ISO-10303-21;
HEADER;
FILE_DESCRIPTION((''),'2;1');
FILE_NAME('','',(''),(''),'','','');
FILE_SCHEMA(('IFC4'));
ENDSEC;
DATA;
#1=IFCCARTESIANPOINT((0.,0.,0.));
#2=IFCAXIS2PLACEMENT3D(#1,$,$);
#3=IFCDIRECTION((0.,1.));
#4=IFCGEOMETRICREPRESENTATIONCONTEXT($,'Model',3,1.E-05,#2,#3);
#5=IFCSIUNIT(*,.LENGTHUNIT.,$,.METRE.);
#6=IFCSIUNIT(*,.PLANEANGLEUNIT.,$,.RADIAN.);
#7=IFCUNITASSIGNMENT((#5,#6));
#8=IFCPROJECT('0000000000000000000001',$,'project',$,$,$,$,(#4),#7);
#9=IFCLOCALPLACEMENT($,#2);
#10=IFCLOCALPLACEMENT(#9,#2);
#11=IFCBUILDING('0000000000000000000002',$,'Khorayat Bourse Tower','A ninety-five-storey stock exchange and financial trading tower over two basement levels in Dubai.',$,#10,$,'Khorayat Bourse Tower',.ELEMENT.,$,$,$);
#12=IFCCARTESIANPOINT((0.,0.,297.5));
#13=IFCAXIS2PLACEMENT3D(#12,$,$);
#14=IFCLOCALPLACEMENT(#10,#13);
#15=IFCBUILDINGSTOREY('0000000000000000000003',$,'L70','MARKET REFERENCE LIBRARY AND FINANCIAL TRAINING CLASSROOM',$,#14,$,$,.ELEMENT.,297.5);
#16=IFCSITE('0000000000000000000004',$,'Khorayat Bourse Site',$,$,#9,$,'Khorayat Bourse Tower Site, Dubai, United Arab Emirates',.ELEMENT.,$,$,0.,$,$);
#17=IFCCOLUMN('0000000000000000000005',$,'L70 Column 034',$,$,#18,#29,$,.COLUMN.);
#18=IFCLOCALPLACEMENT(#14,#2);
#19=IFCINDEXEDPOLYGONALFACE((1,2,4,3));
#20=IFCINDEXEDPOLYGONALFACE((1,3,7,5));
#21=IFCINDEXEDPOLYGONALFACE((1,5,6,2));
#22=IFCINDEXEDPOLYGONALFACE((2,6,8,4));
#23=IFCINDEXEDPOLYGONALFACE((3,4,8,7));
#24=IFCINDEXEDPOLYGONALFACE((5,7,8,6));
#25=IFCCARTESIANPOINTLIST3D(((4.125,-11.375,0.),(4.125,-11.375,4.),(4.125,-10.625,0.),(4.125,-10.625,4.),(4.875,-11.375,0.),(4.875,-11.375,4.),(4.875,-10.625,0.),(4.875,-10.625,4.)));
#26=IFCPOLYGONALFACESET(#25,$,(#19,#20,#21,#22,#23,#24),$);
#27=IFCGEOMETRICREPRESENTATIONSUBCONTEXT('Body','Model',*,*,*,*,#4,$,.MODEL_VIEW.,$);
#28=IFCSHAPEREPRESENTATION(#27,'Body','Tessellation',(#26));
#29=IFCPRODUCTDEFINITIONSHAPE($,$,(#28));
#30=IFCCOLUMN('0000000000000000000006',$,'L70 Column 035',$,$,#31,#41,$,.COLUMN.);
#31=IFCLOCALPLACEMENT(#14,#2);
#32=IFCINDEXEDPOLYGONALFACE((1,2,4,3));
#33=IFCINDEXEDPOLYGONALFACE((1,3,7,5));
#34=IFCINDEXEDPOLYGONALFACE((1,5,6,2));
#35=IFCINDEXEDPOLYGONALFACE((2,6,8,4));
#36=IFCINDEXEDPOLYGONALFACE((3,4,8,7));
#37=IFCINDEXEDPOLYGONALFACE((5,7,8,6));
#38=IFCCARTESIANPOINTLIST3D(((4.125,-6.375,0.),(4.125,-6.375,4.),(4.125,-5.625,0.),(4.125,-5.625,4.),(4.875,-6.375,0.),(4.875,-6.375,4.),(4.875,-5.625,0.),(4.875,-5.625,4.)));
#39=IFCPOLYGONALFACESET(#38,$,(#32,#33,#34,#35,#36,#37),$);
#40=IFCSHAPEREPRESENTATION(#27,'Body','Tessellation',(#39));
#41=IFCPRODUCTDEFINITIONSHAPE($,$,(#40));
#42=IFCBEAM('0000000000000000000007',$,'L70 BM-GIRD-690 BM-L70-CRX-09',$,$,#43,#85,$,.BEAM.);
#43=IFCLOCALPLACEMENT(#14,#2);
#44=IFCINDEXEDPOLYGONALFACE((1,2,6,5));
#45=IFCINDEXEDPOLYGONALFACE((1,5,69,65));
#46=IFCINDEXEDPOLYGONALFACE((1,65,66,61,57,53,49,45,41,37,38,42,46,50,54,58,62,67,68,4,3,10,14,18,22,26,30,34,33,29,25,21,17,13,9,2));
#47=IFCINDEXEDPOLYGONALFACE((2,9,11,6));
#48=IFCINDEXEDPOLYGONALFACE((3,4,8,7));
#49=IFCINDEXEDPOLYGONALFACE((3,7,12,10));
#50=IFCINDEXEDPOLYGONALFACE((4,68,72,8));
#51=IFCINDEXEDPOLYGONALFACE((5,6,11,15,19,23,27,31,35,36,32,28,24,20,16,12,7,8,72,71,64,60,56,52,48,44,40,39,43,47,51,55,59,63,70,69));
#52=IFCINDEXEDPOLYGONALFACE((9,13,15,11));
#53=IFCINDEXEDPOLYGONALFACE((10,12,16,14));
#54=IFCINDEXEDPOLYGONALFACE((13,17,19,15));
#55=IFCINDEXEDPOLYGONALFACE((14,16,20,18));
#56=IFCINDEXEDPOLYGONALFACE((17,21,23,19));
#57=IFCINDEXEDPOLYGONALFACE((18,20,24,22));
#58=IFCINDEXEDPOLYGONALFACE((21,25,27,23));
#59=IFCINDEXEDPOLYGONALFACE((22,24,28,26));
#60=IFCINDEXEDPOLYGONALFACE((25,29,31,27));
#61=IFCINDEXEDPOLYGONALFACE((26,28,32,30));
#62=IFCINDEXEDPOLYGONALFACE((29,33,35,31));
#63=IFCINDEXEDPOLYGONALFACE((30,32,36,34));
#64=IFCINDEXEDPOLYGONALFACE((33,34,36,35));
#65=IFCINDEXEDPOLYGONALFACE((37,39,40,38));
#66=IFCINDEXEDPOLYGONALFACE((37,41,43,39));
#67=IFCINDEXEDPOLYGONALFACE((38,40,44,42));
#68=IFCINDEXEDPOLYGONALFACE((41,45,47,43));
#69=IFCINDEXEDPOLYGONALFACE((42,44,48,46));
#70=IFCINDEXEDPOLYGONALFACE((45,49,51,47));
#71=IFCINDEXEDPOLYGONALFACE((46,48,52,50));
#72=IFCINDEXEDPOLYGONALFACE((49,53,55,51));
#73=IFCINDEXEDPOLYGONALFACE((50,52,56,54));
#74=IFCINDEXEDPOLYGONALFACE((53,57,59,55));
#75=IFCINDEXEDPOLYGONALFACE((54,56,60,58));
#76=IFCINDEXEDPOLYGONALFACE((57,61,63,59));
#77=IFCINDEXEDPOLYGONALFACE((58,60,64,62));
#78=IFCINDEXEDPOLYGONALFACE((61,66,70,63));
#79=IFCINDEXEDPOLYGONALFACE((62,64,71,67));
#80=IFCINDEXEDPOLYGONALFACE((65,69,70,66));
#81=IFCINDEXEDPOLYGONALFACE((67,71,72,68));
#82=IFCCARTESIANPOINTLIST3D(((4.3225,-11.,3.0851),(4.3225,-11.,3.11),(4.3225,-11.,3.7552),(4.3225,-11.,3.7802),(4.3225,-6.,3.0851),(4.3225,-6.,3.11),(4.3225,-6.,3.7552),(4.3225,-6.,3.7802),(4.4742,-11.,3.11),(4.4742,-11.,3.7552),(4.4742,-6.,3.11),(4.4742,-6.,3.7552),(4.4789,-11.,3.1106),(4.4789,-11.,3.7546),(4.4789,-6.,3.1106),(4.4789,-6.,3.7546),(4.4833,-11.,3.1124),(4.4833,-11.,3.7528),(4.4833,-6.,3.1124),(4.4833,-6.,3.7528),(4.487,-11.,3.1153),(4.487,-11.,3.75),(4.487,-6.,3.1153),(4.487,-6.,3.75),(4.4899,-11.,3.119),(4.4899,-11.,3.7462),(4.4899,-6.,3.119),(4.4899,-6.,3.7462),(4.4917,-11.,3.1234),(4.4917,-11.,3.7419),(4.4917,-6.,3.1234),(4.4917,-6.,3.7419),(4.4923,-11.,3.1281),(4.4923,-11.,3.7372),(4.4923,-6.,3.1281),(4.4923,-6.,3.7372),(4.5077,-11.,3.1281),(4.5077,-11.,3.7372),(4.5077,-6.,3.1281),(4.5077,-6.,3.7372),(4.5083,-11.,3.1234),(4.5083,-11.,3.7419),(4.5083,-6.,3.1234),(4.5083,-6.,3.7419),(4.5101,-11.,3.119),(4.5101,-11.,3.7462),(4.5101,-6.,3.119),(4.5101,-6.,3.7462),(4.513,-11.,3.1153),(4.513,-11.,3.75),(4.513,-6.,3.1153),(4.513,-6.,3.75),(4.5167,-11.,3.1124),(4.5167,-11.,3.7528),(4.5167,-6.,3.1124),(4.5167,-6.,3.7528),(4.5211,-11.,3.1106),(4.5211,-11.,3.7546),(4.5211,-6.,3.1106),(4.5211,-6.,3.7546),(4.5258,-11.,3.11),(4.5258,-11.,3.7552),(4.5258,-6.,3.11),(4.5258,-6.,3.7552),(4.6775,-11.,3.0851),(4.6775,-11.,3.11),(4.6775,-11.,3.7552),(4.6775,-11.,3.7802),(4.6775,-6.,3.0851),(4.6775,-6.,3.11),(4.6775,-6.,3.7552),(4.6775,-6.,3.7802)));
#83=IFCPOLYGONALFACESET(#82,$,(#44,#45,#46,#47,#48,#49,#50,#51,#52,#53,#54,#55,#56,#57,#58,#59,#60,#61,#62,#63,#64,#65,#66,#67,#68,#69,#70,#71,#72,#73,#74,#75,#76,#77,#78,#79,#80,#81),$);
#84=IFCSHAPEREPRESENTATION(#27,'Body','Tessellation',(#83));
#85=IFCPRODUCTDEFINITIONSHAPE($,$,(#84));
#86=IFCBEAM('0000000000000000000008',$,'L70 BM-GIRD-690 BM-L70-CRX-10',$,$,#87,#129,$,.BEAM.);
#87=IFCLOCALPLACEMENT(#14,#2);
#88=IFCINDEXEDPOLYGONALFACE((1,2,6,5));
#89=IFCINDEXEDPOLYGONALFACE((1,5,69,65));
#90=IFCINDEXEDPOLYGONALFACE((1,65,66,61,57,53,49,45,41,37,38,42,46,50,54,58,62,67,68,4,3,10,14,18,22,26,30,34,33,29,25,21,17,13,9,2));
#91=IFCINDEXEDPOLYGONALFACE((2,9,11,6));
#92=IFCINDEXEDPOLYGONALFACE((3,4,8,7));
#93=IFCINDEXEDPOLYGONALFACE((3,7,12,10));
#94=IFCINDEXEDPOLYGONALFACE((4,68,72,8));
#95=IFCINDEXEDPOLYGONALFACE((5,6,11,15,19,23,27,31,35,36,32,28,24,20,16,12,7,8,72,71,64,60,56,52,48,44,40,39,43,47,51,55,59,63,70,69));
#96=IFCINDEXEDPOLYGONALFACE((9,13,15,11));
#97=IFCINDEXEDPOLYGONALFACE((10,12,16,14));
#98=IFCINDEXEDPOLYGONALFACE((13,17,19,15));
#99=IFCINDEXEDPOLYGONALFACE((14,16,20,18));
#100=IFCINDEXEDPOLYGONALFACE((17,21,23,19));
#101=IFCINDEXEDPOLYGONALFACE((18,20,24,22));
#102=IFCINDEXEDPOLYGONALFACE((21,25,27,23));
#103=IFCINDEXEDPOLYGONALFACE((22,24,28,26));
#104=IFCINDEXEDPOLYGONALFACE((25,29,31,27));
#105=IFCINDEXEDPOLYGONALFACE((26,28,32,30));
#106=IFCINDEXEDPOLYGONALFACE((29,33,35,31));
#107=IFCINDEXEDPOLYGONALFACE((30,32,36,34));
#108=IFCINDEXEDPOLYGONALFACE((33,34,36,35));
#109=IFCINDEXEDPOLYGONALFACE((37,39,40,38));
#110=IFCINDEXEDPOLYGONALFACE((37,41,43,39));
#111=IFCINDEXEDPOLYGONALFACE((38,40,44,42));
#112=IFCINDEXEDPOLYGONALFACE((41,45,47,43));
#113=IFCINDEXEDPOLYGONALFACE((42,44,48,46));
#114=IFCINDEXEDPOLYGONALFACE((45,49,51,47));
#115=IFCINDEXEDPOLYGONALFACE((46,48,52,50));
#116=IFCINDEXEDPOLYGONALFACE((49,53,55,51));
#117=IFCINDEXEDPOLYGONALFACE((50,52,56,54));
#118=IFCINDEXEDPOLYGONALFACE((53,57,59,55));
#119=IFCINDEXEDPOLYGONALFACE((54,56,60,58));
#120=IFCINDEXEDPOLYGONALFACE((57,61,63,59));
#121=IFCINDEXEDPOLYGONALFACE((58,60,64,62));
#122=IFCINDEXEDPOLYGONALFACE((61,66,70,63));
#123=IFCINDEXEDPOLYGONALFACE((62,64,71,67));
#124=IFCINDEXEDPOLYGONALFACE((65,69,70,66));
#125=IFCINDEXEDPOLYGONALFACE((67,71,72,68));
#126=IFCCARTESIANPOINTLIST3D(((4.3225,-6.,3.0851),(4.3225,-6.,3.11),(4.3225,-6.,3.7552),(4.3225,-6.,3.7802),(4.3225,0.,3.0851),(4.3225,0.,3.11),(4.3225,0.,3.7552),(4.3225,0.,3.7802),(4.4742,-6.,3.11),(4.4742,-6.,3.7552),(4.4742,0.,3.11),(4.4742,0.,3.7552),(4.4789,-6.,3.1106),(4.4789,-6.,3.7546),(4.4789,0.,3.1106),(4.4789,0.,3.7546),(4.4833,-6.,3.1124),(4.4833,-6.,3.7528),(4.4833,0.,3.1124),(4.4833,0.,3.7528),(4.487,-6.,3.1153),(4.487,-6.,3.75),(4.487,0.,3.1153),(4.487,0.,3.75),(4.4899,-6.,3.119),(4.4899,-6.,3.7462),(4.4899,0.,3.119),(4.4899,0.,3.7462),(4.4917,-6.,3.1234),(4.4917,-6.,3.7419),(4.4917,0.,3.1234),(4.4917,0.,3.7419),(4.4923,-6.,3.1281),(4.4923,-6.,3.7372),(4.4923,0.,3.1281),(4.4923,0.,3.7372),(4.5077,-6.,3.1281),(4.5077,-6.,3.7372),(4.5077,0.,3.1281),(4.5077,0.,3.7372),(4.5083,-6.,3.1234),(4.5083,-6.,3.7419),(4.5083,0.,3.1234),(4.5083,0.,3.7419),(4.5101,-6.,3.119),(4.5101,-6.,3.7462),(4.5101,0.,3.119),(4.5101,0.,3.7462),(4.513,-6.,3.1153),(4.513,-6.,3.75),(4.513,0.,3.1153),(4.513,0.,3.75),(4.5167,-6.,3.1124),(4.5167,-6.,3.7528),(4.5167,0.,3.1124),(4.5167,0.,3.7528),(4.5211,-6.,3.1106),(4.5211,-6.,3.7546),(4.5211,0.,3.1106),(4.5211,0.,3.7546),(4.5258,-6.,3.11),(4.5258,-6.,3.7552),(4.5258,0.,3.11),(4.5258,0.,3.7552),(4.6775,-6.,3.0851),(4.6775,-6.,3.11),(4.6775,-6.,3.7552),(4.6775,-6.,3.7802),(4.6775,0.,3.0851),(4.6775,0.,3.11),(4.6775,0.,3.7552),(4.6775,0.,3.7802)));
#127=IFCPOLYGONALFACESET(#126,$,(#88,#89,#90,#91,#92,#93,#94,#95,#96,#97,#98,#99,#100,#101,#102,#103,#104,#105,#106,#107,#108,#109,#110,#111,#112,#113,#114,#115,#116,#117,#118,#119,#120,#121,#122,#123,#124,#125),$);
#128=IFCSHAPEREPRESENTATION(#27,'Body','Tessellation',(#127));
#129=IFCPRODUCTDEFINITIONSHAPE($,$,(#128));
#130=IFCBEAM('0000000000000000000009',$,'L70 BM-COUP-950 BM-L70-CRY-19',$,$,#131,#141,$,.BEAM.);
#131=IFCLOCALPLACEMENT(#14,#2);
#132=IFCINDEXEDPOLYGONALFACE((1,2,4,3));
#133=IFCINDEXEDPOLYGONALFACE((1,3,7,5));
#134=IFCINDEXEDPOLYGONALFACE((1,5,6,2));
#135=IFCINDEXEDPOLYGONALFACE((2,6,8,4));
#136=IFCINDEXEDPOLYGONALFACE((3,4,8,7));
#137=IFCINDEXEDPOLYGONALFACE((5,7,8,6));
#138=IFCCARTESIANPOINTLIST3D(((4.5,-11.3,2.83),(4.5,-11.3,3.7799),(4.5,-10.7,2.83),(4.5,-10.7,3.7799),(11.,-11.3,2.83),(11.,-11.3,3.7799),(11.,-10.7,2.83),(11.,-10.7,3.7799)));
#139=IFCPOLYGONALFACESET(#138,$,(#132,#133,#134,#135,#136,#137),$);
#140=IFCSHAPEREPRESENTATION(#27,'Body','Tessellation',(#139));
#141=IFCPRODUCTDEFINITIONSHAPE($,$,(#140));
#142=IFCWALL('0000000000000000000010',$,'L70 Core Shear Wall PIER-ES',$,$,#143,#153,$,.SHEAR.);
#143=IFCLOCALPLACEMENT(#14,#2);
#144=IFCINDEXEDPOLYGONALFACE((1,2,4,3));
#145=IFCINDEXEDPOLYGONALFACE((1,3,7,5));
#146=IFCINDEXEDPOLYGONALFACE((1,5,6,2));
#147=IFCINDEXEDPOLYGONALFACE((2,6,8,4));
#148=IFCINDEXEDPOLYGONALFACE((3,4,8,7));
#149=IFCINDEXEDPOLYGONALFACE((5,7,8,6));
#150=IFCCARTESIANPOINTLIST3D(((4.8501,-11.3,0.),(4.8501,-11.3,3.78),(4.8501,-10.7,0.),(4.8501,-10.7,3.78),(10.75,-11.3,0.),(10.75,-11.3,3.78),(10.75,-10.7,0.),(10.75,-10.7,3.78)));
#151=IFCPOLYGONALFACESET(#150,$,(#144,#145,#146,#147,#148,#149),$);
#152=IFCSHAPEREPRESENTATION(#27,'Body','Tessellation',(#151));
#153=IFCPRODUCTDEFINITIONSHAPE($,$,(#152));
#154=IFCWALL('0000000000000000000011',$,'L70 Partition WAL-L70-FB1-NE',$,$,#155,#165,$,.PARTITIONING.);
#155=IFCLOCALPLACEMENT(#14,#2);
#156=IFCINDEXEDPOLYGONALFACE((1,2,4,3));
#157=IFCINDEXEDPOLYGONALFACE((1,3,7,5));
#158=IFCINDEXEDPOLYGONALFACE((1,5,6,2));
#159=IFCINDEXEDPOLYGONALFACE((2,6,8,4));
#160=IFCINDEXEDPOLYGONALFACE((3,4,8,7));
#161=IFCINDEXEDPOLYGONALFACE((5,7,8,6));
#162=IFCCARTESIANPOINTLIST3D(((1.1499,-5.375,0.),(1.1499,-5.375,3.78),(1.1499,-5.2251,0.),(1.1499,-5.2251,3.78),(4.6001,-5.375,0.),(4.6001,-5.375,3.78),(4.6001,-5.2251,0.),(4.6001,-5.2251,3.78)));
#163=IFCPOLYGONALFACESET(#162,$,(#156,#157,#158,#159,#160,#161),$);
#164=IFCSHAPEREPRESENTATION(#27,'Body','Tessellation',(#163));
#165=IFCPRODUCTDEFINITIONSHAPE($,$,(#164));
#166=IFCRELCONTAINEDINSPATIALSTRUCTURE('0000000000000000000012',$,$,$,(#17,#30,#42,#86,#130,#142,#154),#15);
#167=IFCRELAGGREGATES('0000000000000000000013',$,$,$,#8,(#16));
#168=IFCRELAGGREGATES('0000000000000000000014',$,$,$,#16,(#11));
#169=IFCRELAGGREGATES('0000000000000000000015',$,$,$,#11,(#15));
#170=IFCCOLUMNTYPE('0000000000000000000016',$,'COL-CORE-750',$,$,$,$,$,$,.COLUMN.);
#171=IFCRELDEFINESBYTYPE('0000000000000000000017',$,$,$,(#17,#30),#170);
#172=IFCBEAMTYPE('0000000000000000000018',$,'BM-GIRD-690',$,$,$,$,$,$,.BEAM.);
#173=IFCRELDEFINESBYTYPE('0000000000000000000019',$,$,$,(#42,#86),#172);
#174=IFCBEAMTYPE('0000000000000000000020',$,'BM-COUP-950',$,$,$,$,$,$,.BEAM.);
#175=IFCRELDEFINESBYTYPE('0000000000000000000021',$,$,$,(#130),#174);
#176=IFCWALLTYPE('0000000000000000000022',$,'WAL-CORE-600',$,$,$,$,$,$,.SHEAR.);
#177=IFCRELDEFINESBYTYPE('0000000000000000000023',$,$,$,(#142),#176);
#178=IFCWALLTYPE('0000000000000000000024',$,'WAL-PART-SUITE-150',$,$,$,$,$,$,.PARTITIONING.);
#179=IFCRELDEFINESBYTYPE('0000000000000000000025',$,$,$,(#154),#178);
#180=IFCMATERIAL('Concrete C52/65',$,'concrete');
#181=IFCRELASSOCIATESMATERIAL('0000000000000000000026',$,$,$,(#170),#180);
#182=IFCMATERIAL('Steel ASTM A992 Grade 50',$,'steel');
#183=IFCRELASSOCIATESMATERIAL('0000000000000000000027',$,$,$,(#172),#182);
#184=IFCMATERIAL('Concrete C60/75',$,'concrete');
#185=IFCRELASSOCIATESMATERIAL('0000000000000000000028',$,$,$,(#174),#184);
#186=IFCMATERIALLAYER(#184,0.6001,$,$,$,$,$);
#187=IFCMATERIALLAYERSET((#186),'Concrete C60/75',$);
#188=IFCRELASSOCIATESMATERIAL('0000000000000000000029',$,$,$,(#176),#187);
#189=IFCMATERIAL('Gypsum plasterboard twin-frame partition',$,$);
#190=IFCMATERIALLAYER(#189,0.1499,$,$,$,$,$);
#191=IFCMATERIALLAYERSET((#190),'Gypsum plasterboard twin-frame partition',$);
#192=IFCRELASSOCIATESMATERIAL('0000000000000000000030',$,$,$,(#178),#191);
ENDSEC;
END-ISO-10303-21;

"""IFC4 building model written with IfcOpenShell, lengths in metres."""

from ifc_helpers import new_model, si_unit, direction, frame, frame_2d, origin, origin_2d, place, context, subcontext, project, spatial, rectangle, i_section, extrude, source, transform, mapped, material, layer, layer_set, material_profile, profile_set, type_object, element, save


model = new_model("IFC4")

# Units and contexts
model_context = context("Model", 3, precision=1e-05, world=origin(), true_north=direction((0.0, 1.0)))
body_context = subcontext(model_context, "Body", "Model", "MODEL_VIEW")
ifc_project = project(units=[si_unit("LENGTHUNIT", "METRE"), si_unit("PLANEANGLEUNIT", "RADIAN")], contexts=[model_context])

# Site, building, storey
site_placement = place(None, origin())
site = spatial("IfcSite", under=ifc_project, at=site_placement, Name="Khorayat Bourse Site", LongName="Khorayat Bourse Tower Site, Dubai, United Arab Emirates", CompositionType="ELEMENT", RefElevation=0.0)
building_placement = place(site_placement, origin())
building = spatial("IfcBuilding", under=site, at=building_placement, Name="Khorayat Bourse Tower", Description="A ninety-five-storey stock exchange and financial trading tower over two basement levels in Dubai.", LongName="Khorayat Bourse Tower", CompositionType="ELEMENT")
storey_placement = place(building_placement, frame((0.0, 0.0, 297.5)))
storey = spatial("IfcBuildingStorey", under=building, at=storey_placement, Name="L70", Description="MARKET REFERENCE LIBRARY AND FINANCIAL TRAINING CLASSROOM", CompositionType="ELEMENT", Elevation=297.5)

# Columns
ifc_material_1 = material(Name="Concrete C52/65", Category="concrete")
ifc_material_profile_1 = material_profile(ifc_material_1, rectangle(XDim=0.75, YDim=0.75, at=origin_2d()), Name="RC 750x750")
ifc_profile_set_1 = profile_set([ifc_material_profile_1], Name="Concrete C52/65")
column_type = type_object("IfcColumnType", Name="COL-CORE-750", PredefinedType="COLUMN", material=ifc_profile_set_1)
shared_shape_1 = source(origin(), body_context, "Body", "SweptSolid", [
    extrude(rectangle(XDim=0.75, YDim=0.75, at=origin_2d()), origin(), (0.0, 0.0, 1.0), 4.0),
])
for number, where, z_axis, x_axis, name in (
    (1, (4.5, -11.0, 0.0), (0.0, 0.0, 1.0), (1.0, 0.0, 0.0), "L70 Column 034"),
    (2, (4.5, -6.0, 0.0), (0.0, 0.0, 1.0), (1.0, 0.0, 0.0), "L70 Column 035"),
):
    element("IfcColumn", number, at=place(storey_placement, frame(where, z_axis=z_axis, x_axis=x_axis)), inside=storey, type_object=column_type, Name=name, PredefinedType="COLUMN", context=body_context, shape_type="MappedRepresentation", body=[
        mapped(shared_shape_1, transform((0.0, 0.0, 0.0), scale=1.0)),
    ])

# Beams
ifc_material_2 = material(Name="Steel ASTM A992 Grade 50", Category="steel")
ifc_material_profile_2 = material_profile(ifc_material_2, i_section(OverallWidth=0.355, OverallDepth=0.6951, WebThickness=0.0154, FlangeThickness=0.0249, FilletRadius=0.0181, at=origin_2d()), Name="W690X217")
ifc_profile_set_2 = profile_set([ifc_material_profile_2], Name="Steel ASTM A992 Grade 50")
beam_type_1 = type_object("IfcBeamType", Name="BM-GIRD-690", PredefinedType="BEAM", material=ifc_profile_set_2)
shared_shape_2 = source(origin(), body_context, "Body", "SweptSolid", [
    extrude(i_section(OverallWidth=0.355, OverallDepth=0.6951, WebThickness=0.0154, FlangeThickness=0.0249, FilletRadius=0.0181, at=origin_2d()), origin(), (0.0, 0.0, 1.0), 5.0),
])
beam_1_placement = place(storey_placement, frame((4.5, -11.0, 3.4326), z_axis=(0.0, 1.0, 0.0), x_axis=(-1.0, 0.0, 0.0)))
element("IfcBeam", 3, at=beam_1_placement, inside=storey, type_object=beam_type_1, Name="L70 BM-GIRD-690 BM-L70-CRX-09", PredefinedType="BEAM", context=body_context, shape_type="MappedRepresentation", body=[
    mapped(shared_shape_2, transform((0.0, 0.0, 0.0), scale=1.0)),
])
shared_shape_3 = source(origin(), body_context, "Body", "SweptSolid", [
    extrude(i_section(OverallWidth=0.355, OverallDepth=0.6951, WebThickness=0.0154, FlangeThickness=0.0249, FilletRadius=0.0181, at=origin_2d()), origin(), (0.0, 0.0, 1.0), 6.0),
])
beam_2_placement = place(storey_placement, frame((4.5, -6.0, 3.4326), z_axis=(0.0, 1.0, 0.0), x_axis=(-1.0, 0.0, 0.0)))
element("IfcBeam", 4, at=beam_2_placement, inside=storey, type_object=beam_type_1, Name="L70 BM-GIRD-690 BM-L70-CRX-10", PredefinedType="BEAM", context=body_context, shape_type="MappedRepresentation", body=[
    mapped(shared_shape_3, transform((0.0, 0.0, 0.0), scale=1.0)),
])
ifc_material_3 = material(Name="Concrete C60/75", Category="concrete")
ifc_material_profile_3 = material_profile(ifc_material_3, rectangle(XDim=0.6001, YDim=0.95, at=origin_2d()), Name="RC 600x950")
ifc_profile_set_3 = profile_set([ifc_material_profile_3], Name="Concrete C60/75")
beam_type_2 = type_object("IfcBeamType", Name="BM-COUP-950", PredefinedType="BEAM", material=ifc_profile_set_3)
shared_shape_4 = source(origin(), body_context, "Body", "SweptSolid", [
    extrude(rectangle(XDim=0.6001, YDim=0.95, at=origin_2d()), origin(), (0.0, 0.0, 1.0), 6.5),
])
beam_3_placement = place(storey_placement, frame((4.5, -11.0, 3.3049), z_axis=(1.0, 0.0, 0.0), x_axis=(0.0, 1.0, 0.0)))
element("IfcBeam", 5, at=beam_3_placement, inside=storey, type_object=beam_type_2, Name="L70 BM-COUP-950 BM-L70-CRY-19", PredefinedType="BEAM", context=body_context, shape_type="MappedRepresentation", body=[
    mapped(shared_shape_4, transform((0.0, 0.0, 0.0), scale=1.0)),
])

# Walls
ifc_layer_1 = layer(ifc_material_3, 0.6001)
ifc_layer_set_1 = layer_set([ifc_layer_1], Name="Concrete C60/75")
wall_type_1 = type_object("IfcWallType", Name="WAL-CORE-600", PredefinedType="SHEAR", material=ifc_layer_set_1)
shared_shape_5 = source(origin(), body_context, "Body", "SweptSolid", [
    extrude(rectangle(XDim=5.8999, YDim=0.6001, at=frame_2d((2.95, 0.0))), origin(), (0.0, 0.0, 1.0), 3.78),
])
wall_1_placement = place(storey_placement, frame((4.8501, -11.0, 0.0), z_axis=(0.0, 0.0, 1.0), x_axis=(1.0, 0.0, 0.0)))
element("IfcWall", 6, at=wall_1_placement, inside=storey, type_object=wall_type_1, Name="L70 Core Shear Wall PIER-ES", PredefinedType="SHEAR", context=body_context, shape_type="MappedRepresentation", body=[
    mapped(shared_shape_5, transform((0.0, 0.0, 0.0), scale=1.0)),
])
ifc_material_4 = material(Name="Gypsum plasterboard twin-frame partition")
ifc_layer_2 = layer(ifc_material_4, 0.1499)
ifc_layer_set_2 = layer_set([ifc_layer_2], Name="Gypsum plasterboard twin-frame partition")
wall_type_2 = type_object("IfcWallType", Name="WAL-PART-SUITE-150", PredefinedType="PARTITIONING", material=ifc_layer_set_2)
shared_shape_6 = source(origin(), body_context, "Body", "SweptSolid", [
    extrude(rectangle(XDim=3.4502, YDim=0.1499, at=frame_2d((1.7251, 0.0))), origin(), (0.0, 0.0, 1.0), 3.78),
])
wall_2_placement = place(storey_placement, frame((1.1499, -5.3, 0.0), z_axis=(0.0, 0.0, 1.0), x_axis=(1.0, 0.0, 0.0)))
element("IfcWall", 7, at=wall_2_placement, inside=storey, type_object=wall_type_2, Name="L70 Partition WAL-L70-FB1-NE", PredefinedType="PARTITIONING", context=body_context, shape_type="MappedRepresentation", body=[
    mapped(shared_shape_6, transform((0.0, 0.0, 0.0), scale=1.0)),
])

save(model, "model.ifc")
